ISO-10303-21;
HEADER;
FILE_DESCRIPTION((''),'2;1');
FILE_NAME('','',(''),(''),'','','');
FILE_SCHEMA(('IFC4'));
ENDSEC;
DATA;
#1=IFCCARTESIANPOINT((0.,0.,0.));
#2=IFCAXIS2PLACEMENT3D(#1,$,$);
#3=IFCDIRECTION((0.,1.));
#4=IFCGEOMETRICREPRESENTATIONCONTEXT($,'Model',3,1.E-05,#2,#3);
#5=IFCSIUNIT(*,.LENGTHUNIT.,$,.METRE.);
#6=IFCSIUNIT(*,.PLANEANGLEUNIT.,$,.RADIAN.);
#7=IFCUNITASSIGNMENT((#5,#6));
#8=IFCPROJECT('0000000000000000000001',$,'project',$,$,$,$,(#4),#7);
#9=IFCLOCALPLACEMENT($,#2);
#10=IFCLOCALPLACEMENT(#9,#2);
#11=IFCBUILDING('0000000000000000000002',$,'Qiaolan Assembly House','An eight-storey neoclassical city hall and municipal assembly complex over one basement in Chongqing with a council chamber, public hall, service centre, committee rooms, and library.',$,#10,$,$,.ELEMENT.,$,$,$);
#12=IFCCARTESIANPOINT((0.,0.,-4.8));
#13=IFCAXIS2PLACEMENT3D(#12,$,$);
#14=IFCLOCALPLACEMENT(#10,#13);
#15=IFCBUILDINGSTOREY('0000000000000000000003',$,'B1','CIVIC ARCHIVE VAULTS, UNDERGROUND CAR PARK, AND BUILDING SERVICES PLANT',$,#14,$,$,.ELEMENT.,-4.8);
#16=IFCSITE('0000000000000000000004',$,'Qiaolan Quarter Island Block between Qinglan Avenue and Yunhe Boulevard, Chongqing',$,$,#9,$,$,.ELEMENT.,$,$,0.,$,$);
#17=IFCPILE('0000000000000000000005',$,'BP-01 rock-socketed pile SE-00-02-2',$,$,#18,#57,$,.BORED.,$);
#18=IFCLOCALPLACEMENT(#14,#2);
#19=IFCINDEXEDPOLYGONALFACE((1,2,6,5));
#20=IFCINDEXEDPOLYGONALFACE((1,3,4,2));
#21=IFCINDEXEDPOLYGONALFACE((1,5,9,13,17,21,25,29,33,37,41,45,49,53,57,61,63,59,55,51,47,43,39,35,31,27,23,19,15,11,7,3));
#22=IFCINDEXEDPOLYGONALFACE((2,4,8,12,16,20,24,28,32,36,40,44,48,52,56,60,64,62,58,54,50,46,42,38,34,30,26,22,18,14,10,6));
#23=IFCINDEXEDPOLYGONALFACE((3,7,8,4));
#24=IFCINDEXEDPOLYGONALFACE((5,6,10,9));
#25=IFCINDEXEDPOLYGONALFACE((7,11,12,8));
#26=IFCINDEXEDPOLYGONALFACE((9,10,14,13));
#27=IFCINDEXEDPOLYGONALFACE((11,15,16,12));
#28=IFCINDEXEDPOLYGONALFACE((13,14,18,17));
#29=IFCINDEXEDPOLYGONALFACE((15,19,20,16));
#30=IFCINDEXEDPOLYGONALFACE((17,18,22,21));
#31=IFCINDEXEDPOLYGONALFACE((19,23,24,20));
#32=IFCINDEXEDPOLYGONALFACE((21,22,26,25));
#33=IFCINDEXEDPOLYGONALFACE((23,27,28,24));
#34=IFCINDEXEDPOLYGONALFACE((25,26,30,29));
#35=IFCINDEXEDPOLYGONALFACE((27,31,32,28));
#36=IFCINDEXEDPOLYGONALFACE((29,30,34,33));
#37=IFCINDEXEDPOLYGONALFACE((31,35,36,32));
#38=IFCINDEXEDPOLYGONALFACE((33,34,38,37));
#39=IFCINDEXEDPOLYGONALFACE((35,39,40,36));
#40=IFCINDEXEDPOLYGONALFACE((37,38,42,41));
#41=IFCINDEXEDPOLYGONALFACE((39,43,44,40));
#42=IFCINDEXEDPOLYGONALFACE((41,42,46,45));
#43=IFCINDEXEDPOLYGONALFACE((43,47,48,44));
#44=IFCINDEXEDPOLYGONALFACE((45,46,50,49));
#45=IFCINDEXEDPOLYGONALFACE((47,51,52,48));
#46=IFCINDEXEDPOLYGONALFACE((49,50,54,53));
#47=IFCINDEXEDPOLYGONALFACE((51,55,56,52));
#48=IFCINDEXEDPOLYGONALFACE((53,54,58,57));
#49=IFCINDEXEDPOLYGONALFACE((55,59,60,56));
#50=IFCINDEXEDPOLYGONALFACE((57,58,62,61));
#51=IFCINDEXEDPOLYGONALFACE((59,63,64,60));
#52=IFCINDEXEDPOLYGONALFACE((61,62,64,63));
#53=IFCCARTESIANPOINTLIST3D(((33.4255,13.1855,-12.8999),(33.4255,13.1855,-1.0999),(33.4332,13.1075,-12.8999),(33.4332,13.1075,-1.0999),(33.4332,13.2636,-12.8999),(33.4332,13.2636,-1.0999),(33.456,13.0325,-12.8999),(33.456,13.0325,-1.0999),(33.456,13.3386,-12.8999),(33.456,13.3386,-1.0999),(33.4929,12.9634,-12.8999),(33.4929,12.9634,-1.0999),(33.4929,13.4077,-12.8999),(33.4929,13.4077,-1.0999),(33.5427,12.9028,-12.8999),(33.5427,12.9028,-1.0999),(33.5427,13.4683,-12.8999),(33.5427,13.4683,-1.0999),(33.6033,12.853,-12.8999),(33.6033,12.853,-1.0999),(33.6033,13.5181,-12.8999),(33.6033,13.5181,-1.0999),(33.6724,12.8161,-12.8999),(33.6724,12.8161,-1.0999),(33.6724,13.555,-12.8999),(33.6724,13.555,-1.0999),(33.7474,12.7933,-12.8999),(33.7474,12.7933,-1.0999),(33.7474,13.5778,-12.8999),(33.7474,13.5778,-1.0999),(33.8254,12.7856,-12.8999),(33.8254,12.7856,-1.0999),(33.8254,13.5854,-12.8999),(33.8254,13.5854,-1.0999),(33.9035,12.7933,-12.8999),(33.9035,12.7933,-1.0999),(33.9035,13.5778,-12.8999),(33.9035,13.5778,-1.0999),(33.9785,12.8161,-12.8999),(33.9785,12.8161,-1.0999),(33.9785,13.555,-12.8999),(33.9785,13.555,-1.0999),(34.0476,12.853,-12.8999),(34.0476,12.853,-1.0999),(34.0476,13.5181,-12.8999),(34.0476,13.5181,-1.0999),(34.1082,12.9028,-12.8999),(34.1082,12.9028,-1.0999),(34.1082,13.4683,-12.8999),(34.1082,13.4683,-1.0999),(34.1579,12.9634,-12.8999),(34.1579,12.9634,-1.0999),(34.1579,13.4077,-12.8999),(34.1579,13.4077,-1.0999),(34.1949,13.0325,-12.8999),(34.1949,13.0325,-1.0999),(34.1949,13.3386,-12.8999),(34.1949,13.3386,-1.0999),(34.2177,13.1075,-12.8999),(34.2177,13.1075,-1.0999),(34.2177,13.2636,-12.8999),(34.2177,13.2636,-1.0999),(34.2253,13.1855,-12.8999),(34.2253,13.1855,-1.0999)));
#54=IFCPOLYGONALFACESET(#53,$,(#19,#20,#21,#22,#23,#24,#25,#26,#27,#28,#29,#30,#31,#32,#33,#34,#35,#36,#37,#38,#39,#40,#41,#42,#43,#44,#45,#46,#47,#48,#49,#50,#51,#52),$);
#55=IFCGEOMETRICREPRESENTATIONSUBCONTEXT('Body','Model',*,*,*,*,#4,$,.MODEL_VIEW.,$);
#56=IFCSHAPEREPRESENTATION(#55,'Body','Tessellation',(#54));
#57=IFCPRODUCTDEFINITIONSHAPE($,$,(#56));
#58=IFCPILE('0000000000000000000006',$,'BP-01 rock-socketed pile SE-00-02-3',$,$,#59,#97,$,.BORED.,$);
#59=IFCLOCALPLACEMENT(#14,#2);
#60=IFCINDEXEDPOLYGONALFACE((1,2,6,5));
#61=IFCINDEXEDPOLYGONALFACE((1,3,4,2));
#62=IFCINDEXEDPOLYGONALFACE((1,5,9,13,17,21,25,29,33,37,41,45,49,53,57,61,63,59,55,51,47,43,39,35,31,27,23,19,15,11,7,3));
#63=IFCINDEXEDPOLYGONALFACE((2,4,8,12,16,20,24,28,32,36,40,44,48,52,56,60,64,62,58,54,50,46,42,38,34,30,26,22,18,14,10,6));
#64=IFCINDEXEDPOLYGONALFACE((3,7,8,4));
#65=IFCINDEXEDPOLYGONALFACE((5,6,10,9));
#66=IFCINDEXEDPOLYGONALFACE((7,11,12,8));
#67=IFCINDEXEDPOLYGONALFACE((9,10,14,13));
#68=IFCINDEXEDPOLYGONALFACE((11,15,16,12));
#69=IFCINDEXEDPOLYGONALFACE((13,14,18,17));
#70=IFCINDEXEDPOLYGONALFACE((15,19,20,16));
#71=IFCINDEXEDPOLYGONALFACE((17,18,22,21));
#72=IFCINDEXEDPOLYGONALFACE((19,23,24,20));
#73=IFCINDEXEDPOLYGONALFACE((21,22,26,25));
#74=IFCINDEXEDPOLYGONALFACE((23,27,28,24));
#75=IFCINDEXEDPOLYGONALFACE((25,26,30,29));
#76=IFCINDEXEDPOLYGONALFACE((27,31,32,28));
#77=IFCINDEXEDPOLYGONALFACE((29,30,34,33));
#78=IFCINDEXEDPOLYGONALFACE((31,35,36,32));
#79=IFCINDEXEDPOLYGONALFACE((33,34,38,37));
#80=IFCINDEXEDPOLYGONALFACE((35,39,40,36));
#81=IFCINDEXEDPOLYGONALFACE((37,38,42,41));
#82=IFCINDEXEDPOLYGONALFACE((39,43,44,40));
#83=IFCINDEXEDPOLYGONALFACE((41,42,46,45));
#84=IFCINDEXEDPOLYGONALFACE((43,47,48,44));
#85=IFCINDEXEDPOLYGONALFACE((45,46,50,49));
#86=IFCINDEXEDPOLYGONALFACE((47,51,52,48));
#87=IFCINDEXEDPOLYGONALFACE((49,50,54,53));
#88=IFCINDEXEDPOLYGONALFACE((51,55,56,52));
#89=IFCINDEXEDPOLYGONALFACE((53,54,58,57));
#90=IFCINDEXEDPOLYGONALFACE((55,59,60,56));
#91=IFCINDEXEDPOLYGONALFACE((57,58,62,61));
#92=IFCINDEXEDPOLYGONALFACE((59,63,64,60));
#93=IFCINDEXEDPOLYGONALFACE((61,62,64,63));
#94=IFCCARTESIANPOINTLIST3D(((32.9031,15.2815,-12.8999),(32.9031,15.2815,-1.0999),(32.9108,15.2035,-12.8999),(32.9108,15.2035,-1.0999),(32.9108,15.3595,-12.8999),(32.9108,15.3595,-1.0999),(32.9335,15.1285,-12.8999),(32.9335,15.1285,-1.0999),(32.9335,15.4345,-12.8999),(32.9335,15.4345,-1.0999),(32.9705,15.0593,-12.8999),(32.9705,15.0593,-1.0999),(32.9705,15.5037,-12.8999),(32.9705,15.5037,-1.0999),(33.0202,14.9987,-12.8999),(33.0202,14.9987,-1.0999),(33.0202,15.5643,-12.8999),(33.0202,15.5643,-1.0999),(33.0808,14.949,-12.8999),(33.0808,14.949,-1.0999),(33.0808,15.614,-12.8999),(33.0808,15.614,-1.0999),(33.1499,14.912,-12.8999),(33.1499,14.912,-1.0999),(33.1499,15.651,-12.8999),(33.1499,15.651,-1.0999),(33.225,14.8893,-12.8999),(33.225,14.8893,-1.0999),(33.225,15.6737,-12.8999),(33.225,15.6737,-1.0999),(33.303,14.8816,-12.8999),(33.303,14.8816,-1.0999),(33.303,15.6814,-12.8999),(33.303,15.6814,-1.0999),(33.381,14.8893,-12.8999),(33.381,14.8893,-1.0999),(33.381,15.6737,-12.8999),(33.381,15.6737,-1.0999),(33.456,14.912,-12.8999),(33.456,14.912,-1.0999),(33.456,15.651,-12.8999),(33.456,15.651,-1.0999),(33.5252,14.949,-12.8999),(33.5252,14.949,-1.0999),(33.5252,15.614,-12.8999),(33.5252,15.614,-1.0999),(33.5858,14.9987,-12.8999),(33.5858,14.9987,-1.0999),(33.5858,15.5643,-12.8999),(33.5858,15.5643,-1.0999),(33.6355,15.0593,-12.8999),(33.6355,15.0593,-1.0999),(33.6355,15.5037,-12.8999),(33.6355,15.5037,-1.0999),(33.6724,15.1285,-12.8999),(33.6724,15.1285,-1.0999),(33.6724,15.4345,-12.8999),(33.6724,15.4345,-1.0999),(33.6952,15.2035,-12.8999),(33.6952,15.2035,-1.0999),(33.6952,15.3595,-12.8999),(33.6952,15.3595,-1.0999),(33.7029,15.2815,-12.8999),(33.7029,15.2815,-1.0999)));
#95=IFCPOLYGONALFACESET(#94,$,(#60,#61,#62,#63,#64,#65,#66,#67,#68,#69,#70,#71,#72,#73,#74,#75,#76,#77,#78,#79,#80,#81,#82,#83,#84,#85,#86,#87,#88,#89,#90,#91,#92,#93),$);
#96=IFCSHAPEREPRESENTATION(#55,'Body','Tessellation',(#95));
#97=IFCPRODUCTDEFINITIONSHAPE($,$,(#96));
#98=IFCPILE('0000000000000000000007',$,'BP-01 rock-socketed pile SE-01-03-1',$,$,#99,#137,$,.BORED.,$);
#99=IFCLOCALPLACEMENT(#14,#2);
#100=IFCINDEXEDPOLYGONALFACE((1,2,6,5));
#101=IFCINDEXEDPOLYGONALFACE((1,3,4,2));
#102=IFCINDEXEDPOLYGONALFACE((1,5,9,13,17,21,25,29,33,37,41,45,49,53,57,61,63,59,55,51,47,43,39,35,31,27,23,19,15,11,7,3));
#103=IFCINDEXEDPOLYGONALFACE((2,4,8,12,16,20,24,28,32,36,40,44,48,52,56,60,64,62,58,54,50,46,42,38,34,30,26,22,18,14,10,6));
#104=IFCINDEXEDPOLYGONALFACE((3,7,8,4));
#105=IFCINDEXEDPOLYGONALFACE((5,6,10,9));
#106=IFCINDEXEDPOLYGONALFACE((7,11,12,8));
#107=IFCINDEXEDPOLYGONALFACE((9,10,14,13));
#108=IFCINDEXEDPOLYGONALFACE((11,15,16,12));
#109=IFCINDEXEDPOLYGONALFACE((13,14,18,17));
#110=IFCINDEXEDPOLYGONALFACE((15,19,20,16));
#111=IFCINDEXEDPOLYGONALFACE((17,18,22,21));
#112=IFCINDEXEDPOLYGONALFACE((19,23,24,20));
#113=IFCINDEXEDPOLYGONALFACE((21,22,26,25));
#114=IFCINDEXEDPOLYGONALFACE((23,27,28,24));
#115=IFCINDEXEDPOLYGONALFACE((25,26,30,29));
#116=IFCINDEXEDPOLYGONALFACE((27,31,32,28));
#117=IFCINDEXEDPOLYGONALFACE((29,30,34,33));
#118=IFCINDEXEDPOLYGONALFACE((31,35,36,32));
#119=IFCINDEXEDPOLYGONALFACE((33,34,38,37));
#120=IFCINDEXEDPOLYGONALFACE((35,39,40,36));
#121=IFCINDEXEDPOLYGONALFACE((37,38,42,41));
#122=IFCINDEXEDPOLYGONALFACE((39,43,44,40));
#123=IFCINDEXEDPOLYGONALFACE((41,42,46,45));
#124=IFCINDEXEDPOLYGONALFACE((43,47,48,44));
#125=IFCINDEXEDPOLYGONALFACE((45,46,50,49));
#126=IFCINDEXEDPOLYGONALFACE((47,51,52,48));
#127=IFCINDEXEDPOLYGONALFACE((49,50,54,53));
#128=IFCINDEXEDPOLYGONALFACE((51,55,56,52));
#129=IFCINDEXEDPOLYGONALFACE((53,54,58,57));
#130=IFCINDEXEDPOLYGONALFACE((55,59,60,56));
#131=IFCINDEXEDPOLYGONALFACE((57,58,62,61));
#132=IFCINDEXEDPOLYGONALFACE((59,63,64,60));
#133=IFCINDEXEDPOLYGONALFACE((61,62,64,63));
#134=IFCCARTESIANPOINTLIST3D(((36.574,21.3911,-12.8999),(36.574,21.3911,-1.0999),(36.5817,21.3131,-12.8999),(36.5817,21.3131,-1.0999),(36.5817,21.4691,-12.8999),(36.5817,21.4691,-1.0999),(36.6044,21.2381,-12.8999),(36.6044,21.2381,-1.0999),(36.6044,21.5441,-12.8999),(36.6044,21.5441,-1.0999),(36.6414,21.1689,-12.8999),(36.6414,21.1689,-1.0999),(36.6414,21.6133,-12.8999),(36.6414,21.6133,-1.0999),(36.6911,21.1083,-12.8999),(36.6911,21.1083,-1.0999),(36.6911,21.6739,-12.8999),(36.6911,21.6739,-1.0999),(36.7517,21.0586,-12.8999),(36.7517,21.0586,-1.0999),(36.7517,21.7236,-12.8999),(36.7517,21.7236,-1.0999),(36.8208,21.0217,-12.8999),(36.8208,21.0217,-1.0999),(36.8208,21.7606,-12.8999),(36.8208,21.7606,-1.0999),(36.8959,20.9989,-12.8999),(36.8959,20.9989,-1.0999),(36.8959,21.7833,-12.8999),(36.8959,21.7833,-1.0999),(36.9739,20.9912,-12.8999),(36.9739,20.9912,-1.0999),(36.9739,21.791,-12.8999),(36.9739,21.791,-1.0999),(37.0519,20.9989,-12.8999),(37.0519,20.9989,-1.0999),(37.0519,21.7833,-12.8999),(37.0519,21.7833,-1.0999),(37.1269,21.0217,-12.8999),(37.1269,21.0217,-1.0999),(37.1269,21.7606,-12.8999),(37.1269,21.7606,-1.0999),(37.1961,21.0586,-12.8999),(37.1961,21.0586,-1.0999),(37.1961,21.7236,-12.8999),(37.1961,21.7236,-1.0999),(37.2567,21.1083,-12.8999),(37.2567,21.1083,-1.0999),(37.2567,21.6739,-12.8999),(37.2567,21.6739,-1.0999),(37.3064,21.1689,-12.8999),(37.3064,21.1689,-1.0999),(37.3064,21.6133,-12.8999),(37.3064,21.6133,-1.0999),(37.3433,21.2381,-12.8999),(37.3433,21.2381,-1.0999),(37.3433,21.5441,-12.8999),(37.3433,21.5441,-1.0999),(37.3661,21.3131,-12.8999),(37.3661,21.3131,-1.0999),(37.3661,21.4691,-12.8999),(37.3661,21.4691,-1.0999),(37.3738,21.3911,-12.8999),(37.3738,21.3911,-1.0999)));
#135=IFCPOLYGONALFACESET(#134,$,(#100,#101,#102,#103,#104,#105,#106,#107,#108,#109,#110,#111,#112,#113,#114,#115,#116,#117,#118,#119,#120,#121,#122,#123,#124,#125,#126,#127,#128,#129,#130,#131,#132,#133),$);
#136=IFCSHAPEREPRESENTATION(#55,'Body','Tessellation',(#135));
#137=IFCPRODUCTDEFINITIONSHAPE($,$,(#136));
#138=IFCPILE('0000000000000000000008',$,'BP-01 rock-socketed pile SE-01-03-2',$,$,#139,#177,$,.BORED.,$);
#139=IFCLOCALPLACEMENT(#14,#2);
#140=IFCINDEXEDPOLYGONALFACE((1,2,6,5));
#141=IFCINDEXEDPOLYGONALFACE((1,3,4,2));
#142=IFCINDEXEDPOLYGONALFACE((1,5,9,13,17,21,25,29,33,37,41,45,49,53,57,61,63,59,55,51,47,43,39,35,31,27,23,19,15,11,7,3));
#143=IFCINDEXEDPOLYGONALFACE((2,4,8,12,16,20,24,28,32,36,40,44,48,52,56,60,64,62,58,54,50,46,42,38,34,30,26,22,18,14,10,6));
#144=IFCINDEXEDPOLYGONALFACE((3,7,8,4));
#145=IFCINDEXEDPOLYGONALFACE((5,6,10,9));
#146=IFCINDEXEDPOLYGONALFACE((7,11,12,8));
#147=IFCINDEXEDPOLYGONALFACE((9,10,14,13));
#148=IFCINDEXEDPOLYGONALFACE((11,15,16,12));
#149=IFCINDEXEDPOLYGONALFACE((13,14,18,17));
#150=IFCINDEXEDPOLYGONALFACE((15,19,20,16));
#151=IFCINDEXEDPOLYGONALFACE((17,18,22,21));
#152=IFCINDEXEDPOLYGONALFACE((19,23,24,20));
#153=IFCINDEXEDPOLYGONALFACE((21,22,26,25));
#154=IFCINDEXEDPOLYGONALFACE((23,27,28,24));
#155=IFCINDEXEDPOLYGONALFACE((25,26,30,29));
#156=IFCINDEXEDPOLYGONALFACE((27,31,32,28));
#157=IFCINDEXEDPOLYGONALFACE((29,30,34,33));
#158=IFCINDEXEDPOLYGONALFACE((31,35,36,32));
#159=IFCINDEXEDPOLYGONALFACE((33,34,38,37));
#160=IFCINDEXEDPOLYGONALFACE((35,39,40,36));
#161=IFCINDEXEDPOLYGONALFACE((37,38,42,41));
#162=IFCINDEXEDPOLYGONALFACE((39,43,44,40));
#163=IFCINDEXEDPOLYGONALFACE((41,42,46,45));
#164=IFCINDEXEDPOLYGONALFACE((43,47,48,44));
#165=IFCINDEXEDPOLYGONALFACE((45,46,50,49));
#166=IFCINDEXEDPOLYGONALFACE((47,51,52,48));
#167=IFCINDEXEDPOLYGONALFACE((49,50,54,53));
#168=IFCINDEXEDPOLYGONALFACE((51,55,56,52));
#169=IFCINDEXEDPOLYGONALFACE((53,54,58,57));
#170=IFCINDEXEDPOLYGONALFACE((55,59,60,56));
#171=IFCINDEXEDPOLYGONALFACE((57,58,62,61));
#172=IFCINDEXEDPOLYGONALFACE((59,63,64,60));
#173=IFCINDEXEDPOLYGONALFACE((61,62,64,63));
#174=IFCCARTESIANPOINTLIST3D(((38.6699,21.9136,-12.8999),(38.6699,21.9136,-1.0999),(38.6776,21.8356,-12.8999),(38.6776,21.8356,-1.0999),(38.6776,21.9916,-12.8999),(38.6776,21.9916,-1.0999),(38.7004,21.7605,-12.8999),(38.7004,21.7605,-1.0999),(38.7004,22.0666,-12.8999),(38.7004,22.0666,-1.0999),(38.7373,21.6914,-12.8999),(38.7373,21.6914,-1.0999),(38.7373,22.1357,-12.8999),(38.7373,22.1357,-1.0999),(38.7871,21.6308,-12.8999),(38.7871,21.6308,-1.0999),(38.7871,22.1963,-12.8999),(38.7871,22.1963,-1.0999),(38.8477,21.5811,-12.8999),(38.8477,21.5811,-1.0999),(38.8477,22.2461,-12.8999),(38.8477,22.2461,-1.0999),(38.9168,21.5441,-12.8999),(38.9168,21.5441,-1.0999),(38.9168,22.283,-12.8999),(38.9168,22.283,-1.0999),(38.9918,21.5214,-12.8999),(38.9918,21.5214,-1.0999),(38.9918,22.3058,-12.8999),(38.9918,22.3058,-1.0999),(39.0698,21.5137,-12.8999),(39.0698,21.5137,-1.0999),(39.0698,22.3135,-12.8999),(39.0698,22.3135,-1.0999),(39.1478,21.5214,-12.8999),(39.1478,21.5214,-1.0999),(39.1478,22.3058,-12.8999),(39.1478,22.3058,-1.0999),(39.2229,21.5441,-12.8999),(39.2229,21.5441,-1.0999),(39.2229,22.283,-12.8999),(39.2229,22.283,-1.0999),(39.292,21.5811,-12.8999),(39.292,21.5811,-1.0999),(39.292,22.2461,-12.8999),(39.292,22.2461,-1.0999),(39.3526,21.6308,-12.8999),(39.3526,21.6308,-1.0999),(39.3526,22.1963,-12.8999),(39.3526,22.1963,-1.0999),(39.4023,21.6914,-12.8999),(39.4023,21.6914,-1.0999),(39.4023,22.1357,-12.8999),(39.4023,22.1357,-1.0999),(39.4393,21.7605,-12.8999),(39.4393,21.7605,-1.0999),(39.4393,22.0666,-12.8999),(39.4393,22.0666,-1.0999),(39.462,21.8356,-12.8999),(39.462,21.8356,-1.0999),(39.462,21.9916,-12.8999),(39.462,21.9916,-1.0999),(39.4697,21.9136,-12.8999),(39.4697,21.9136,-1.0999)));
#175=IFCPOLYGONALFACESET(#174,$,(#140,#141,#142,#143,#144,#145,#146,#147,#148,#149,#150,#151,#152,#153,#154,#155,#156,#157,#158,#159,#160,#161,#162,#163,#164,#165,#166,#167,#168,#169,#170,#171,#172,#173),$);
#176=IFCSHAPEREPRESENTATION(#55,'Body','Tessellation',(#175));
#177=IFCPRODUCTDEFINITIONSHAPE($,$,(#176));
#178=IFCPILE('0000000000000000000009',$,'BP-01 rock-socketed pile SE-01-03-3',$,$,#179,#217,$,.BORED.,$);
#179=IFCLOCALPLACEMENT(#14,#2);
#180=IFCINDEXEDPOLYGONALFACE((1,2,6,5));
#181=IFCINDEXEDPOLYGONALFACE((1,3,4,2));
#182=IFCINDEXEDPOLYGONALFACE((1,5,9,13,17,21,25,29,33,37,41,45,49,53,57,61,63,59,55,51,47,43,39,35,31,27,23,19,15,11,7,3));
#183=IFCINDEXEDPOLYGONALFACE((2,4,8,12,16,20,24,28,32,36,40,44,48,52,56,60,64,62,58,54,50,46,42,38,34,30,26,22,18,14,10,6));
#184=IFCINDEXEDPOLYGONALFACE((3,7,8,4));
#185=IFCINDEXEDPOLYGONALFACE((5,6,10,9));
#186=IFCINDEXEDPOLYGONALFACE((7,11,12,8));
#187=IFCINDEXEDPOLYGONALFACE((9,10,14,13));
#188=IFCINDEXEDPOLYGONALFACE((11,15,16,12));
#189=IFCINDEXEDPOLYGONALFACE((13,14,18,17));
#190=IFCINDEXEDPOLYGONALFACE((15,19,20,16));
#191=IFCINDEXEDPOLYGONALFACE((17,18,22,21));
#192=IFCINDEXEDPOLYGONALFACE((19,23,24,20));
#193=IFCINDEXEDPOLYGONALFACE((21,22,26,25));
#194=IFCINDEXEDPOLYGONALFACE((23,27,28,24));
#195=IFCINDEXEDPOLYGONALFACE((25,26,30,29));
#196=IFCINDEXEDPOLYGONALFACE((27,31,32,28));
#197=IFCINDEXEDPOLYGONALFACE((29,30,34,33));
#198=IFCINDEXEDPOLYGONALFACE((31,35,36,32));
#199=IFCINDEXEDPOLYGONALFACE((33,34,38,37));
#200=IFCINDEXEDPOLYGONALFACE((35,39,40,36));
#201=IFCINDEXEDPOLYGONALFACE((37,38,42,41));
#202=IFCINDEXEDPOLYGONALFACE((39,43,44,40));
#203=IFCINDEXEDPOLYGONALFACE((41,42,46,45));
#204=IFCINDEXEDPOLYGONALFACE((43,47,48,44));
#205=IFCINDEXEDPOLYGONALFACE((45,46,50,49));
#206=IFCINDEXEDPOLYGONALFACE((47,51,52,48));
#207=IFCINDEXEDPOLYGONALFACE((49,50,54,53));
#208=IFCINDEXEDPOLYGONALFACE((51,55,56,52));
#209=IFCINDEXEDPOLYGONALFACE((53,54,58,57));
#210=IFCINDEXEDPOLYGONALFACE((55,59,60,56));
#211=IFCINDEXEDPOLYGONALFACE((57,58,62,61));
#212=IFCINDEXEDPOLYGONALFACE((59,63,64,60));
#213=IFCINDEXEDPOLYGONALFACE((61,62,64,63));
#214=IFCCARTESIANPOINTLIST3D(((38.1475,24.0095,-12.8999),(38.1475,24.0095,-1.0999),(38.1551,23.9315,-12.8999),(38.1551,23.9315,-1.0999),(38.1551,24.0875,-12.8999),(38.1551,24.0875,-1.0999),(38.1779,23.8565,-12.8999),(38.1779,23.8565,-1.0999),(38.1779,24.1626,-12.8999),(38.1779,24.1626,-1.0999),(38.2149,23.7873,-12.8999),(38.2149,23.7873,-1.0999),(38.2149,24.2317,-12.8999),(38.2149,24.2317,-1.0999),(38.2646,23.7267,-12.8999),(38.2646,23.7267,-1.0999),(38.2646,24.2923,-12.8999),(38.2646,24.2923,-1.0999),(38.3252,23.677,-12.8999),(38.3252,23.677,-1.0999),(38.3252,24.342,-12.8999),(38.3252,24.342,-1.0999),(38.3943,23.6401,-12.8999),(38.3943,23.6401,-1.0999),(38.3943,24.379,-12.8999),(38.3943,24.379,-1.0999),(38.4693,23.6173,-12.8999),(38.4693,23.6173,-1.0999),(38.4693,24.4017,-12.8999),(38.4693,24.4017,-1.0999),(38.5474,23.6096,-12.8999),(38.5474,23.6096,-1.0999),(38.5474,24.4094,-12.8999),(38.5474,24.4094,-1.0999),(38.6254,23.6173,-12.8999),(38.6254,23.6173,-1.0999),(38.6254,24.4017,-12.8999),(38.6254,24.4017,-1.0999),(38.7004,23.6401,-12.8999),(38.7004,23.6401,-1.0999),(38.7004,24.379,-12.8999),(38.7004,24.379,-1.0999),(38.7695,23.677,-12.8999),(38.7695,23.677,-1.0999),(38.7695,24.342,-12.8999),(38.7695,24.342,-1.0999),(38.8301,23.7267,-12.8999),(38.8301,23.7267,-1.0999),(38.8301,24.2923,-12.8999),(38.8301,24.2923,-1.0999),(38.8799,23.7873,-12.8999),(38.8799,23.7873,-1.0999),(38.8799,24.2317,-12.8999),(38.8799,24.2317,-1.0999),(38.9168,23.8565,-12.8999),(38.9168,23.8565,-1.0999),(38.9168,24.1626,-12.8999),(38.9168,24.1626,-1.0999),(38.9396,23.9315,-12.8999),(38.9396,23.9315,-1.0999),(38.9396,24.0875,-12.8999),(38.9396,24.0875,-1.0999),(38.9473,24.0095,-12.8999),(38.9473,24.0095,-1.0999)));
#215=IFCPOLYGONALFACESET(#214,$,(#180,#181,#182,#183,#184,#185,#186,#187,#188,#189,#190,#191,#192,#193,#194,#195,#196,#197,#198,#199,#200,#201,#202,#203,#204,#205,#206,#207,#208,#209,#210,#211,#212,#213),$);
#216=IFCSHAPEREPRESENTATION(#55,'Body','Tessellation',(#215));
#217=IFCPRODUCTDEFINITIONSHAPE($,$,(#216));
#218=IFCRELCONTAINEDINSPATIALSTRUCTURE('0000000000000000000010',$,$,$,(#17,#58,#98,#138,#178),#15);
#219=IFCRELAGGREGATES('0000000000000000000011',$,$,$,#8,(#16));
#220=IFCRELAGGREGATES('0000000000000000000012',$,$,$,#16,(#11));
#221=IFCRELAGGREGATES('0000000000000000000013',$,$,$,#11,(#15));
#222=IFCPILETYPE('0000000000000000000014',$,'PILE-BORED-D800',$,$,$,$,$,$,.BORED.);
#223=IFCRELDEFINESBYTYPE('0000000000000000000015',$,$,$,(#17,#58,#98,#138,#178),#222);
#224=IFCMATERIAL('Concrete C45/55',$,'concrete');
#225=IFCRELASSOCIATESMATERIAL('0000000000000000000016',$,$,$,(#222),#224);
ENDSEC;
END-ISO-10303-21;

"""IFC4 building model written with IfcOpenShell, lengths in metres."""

from ifc_helpers import new_model, si_unit, direction, frame, origin, origin_2d, place, context, subcontext, project, spatial, circle, extrude, material, material_profile, profile_set, type_object, element, save


model = new_model("IFC4")

# Units and contexts
model_context = context("Model", 3, precision=1e-05, world=origin(), true_north=direction((0.0, 1.0)))
body_context = subcontext(model_context, "Body", "Model", "MODEL_VIEW")
ifc_project = project(units=[si_unit("LENGTHUNIT", "METRE"), si_unit("PLANEANGLEUNIT", "RADIAN")], contexts=[model_context])

# Site, building, storey
site_placement = place(None, origin())
site = spatial("IfcSite", under=ifc_project, at=site_placement, Name="Qiaolan Quarter Island Block between Qinglan Avenue and Yunhe Boulevard, Chongqing", CompositionType="ELEMENT", RefElevation=0.0)
building_placement = place(site_placement, origin())
building = spatial("IfcBuilding", under=site, at=building_placement, Name="Qiaolan Assembly House", Description="An eight-storey neoclassical city hall and municipal assembly complex over one basement in Chongqing with a council chamber, public hall, service centre, committee rooms, and library.", CompositionType="ELEMENT")
storey_placement = place(building_placement, frame((0.0, 0.0, -4.8)))
storey = spatial("IfcBuildingStorey", under=building, at=storey_placement, Name="B1", Description="CIVIC ARCHIVE VAULTS, UNDERGROUND CAR PARK, AND BUILDING SERVICES PLANT", CompositionType="ELEMENT", Elevation=-4.8)

# Piles
ifc_material_1 = material(Name="Concrete C45/55", Category="concrete")
ifc_material_profile_1 = material_profile(ifc_material_1, circle(Radius=0.3999, at=origin_2d()), Name="PILE D800")
ifc_profile_set_1 = profile_set([ifc_material_profile_1], Name="Concrete C45/55")
pile_type_1 = type_object("IfcPileType", Name="PILE-BORED-D800", PredefinedType="BORED", material=ifc_profile_set_1)
for number, where, z_axis, x_axis, name in (
    (1, (33.8254, 13.1855, -1.0999), (0.0, 0.0, -1.0), (1.0, 0.0, 0.0), "BP-01 rock-socketed pile SE-00-02-2"),
    (2, (33.303, 15.2815, -1.0999), (0.0, 0.0, -1.0), (1.0, 0.0, 0.0), "BP-01 rock-socketed pile SE-00-02-3"),
    (3, (36.9739, 21.3911, -1.0999), (0.0, 0.0, -1.0), (1.0, 0.0, 0.0), "BP-01 rock-socketed pile SE-01-03-1"),
    (4, (39.0698, 21.9136, -1.0999), (0.0, 0.0, -1.0), (1.0, 0.0, 0.0), "BP-01 rock-socketed pile SE-01-03-2"),
    (5, (38.5474, 24.0095, -1.0999), (0.0, 0.0, -1.0), (1.0, 0.0, 0.0), "BP-01 rock-socketed pile SE-01-03-3"),
):
    element("IfcPile", number, at=place(storey_placement, frame(where, z_axis=z_axis, x_axis=x_axis)), inside=storey, type_object=pile_type_1, Name=name, PredefinedType="BORED", context=body_context, shape_type="SweptSolid", body=[
        extrude(circle(Radius=0.3999, at=origin_2d()), origin(), (0.0, 0.0, 1.0), 11.8),
    ])

save(model, "model.ifc")
